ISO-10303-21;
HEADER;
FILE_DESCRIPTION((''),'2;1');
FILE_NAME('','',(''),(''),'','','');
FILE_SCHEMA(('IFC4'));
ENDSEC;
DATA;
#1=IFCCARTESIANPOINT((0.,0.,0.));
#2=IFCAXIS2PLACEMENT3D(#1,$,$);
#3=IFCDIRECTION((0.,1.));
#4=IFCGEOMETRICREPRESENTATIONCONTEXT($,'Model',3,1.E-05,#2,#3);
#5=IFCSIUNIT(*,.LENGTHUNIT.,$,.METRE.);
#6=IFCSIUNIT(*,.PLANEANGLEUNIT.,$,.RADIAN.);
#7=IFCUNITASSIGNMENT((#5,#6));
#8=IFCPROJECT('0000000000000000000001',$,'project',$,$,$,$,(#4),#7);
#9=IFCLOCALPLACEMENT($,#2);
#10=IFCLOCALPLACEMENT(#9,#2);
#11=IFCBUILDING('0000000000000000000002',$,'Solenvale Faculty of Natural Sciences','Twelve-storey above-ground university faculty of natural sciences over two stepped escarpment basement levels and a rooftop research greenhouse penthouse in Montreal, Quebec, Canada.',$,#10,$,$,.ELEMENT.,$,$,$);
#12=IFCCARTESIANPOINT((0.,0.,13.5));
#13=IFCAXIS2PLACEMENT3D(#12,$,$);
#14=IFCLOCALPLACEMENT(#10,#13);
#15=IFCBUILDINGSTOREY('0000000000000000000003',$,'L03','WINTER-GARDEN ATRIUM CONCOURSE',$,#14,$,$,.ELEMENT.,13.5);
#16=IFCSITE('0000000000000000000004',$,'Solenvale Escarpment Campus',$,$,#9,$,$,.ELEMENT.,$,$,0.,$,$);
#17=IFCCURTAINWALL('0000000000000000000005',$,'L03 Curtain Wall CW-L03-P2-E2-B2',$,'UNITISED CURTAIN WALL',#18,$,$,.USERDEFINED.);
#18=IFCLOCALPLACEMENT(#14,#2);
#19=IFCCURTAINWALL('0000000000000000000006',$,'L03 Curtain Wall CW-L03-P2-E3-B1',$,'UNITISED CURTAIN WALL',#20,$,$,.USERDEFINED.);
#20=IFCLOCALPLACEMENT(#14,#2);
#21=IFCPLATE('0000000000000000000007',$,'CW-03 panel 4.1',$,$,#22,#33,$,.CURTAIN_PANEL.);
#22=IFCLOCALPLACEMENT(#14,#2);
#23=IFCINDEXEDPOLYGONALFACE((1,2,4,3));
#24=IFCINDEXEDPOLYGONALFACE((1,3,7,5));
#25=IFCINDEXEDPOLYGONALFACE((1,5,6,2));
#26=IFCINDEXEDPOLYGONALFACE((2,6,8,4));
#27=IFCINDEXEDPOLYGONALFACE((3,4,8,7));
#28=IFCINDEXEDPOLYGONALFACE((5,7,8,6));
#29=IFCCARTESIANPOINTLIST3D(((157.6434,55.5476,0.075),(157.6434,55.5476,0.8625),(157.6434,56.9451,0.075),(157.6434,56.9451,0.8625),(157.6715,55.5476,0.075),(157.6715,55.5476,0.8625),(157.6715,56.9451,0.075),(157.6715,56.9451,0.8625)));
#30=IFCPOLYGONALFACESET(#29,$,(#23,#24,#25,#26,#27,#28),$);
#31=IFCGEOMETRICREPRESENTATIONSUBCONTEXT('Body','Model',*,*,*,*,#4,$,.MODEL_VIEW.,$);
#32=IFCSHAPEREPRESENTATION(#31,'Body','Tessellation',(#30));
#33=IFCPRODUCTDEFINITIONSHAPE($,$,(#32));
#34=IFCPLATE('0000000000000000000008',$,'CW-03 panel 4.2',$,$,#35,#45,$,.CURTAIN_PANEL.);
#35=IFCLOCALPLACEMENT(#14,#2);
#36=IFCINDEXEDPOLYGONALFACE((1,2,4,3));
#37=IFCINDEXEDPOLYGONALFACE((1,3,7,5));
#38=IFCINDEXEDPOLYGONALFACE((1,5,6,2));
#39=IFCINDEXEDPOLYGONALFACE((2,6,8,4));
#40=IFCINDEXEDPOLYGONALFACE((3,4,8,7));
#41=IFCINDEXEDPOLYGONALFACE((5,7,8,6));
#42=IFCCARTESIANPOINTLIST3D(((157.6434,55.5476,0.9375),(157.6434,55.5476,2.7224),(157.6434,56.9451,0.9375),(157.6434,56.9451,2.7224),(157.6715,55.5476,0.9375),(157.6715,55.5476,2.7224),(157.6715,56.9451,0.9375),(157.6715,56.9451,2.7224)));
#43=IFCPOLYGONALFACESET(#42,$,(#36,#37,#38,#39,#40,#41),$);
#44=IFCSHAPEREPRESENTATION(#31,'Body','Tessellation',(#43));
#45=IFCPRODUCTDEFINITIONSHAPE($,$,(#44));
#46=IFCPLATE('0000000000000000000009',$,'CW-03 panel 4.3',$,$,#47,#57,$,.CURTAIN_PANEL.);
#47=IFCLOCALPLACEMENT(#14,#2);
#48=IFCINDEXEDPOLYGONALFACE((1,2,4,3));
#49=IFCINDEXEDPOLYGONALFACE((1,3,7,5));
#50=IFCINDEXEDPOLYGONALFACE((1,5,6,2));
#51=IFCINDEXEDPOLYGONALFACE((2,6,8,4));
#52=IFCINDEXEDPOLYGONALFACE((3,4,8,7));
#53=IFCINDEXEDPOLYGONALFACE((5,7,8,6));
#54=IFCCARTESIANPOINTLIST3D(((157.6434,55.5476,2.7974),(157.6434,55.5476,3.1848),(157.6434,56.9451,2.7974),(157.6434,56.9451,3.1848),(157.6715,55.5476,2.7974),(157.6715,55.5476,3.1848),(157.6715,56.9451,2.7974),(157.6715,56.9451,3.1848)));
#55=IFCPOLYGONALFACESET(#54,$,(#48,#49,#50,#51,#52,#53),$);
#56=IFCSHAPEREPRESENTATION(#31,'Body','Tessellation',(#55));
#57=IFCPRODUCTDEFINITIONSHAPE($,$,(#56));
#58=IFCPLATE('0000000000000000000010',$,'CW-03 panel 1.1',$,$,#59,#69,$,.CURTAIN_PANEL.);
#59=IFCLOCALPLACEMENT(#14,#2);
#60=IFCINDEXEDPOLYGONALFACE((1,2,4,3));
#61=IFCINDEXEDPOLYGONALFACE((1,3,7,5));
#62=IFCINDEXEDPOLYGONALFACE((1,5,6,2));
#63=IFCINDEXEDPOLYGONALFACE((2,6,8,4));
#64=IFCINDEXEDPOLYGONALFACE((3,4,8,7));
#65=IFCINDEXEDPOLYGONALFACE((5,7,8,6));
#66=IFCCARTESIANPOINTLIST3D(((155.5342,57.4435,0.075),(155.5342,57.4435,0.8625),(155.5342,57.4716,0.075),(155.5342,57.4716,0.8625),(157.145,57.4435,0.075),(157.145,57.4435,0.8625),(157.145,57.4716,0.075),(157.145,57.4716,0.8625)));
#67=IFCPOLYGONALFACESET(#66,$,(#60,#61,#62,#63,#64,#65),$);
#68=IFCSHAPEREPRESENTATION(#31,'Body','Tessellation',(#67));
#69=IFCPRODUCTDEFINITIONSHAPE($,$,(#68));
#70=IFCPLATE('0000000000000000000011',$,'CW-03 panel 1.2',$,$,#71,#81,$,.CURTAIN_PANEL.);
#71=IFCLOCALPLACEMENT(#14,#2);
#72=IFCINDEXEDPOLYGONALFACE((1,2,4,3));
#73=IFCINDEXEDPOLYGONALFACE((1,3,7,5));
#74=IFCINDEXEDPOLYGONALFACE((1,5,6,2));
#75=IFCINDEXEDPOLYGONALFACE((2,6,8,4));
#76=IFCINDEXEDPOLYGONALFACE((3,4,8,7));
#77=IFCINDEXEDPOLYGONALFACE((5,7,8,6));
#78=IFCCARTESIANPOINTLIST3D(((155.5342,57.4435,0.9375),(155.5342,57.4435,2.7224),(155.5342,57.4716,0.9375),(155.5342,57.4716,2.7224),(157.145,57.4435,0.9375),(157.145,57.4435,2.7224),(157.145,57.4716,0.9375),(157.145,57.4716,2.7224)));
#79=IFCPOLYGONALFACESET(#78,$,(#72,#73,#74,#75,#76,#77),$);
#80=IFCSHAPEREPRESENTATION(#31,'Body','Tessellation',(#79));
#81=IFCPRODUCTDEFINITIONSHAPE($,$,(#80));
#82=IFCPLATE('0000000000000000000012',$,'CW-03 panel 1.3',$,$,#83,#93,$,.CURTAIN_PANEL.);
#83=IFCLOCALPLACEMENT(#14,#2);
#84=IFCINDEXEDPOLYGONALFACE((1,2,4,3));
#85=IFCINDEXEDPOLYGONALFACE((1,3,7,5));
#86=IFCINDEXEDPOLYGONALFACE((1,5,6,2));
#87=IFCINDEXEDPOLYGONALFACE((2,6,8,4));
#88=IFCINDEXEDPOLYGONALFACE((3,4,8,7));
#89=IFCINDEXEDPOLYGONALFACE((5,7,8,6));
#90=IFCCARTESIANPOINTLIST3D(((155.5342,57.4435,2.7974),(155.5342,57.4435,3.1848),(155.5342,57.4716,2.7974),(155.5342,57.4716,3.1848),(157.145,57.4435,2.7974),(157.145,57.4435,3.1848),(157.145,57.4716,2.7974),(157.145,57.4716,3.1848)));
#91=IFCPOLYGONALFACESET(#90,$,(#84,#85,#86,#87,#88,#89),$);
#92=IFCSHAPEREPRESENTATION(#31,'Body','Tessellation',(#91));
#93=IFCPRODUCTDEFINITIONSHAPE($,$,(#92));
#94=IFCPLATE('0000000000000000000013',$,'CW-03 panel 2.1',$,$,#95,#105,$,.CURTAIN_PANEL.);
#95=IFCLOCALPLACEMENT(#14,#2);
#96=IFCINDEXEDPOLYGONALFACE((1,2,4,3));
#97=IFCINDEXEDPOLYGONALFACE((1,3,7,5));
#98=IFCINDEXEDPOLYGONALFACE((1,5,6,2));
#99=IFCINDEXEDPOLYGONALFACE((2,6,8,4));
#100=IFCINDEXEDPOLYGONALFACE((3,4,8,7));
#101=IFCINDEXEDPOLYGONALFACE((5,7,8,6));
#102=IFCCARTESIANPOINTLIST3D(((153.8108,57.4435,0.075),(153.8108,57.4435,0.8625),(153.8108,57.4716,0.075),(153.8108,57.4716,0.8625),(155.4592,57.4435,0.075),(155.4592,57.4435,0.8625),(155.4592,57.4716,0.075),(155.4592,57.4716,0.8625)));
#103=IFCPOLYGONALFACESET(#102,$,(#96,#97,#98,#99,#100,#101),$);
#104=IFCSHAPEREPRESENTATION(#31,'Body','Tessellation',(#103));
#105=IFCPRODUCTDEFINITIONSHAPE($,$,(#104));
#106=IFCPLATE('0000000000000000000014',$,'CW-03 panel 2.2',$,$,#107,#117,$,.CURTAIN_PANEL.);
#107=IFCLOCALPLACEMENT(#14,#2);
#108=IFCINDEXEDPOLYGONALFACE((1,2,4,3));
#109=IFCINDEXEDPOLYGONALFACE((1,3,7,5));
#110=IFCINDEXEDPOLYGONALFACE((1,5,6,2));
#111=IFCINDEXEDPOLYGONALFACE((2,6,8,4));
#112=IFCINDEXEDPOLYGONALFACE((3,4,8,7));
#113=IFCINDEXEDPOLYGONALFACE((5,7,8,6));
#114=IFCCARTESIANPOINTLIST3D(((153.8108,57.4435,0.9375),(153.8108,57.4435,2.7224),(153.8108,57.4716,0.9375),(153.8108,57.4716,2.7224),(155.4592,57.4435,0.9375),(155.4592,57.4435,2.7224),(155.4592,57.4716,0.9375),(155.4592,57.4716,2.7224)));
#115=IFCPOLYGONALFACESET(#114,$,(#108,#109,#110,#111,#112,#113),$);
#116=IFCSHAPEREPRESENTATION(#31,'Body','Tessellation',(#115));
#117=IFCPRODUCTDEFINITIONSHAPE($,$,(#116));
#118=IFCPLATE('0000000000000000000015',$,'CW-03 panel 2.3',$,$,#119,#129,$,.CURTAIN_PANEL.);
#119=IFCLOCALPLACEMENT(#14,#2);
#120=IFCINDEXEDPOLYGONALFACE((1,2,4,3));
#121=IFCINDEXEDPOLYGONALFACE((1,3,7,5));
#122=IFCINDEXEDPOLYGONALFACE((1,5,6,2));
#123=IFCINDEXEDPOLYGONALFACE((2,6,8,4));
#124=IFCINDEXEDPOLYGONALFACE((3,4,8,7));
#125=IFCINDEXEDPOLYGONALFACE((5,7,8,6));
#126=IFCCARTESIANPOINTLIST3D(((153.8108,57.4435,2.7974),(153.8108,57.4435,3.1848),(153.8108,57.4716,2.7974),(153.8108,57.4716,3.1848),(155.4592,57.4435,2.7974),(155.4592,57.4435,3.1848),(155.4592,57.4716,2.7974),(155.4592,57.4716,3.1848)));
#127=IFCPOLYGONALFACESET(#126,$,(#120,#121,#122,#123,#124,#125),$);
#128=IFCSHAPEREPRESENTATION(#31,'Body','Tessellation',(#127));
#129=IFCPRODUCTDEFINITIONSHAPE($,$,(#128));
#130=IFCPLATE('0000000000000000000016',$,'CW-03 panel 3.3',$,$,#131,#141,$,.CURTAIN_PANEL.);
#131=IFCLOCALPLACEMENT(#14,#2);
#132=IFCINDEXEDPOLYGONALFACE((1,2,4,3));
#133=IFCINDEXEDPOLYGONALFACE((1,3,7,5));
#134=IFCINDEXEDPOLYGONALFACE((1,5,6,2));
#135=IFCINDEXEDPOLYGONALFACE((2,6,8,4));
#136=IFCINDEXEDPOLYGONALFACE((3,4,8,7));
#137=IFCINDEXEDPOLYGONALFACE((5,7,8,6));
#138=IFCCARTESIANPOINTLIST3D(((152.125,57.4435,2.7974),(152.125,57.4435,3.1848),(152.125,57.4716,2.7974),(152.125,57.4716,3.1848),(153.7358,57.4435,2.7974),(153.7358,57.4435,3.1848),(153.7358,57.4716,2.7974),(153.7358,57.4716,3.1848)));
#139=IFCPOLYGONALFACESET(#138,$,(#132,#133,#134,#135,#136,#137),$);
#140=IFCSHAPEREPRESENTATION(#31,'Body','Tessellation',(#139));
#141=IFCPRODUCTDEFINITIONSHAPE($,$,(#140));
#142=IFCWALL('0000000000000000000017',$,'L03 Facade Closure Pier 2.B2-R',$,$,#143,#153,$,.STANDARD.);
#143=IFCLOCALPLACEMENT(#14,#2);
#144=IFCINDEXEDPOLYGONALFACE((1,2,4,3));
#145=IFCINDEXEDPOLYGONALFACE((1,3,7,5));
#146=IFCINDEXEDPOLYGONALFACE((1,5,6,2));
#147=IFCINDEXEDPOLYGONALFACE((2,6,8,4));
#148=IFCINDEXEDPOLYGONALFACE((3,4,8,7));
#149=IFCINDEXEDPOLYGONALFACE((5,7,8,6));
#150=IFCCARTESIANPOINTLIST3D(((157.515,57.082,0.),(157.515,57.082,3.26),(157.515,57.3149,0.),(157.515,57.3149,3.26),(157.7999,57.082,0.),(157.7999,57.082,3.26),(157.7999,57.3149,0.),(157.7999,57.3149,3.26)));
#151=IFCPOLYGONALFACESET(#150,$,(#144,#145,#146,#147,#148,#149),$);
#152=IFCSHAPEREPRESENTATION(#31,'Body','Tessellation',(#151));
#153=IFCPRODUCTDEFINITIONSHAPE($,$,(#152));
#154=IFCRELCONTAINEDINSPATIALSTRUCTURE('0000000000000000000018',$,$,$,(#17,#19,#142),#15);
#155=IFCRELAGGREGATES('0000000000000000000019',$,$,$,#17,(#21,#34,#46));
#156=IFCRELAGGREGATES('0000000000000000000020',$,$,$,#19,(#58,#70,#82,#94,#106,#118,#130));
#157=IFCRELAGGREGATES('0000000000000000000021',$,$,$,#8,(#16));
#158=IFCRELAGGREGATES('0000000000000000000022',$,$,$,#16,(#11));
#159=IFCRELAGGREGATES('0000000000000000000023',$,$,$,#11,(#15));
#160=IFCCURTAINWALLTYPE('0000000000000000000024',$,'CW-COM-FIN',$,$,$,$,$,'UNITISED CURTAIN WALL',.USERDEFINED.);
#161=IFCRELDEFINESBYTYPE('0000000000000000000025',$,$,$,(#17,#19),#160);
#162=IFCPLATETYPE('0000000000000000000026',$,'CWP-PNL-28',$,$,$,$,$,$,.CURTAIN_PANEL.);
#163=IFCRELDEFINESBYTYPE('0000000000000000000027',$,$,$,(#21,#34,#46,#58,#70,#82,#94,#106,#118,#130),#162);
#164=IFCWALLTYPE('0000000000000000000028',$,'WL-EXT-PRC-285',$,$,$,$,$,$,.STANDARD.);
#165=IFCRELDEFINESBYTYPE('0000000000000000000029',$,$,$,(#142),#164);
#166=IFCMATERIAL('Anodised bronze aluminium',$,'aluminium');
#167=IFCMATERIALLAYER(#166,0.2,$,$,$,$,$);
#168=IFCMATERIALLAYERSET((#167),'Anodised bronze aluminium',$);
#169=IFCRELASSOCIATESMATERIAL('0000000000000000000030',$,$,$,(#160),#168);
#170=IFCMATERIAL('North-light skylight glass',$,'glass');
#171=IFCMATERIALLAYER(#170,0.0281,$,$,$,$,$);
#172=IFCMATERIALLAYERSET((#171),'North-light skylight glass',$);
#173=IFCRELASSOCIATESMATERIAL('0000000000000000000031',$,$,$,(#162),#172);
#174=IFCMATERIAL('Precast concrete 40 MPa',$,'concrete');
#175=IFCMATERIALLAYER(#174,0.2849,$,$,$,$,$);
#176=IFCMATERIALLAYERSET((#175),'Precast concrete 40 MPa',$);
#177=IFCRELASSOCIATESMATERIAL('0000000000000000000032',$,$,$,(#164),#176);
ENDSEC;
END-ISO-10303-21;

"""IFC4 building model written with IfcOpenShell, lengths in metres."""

from ifc_helpers import new_model, si_unit, direction, frame, frame_2d, origin, origin_2d, place, context, subcontext, project, spatial, rectangle, extrude, material, layer, layer_set, type_object, element, aggregate, save


model = new_model("IFC4")

# Units and contexts
model_context = context("Model", 3, precision=1e-05, world=origin(), true_north=direction((0.0, 1.0)))
body_context = subcontext(model_context, "Body", "Model", "MODEL_VIEW")
ifc_project = project(units=[si_unit("LENGTHUNIT", "METRE"), si_unit("PLANEANGLEUNIT", "RADIAN")], contexts=[model_context])

# Site, building, storey
site_placement = place(None, origin())
site = spatial("IfcSite", under=ifc_project, at=site_placement, Name="Solenvale Escarpment Campus", CompositionType="ELEMENT", RefElevation=0.0)
building_placement = place(site_placement, origin())
building = spatial("IfcBuilding", under=site, at=building_placement, Name="Solenvale Faculty of Natural Sciences", Description="Twelve-storey above-ground university faculty of natural sciences over two stepped escarpment basement levels and a rooftop research greenhouse penthouse in Montreal, Quebec, Canada.", CompositionType="ELEMENT")
storey_placement = place(building_placement, frame((0.0, 0.0, 13.5)))
storey = spatial("IfcBuildingStorey", under=building, at=storey_placement, Name="L03", Description="WINTER-GARDEN ATRIUM CONCOURSE", CompositionType="ELEMENT", Elevation=13.5)

# Curtain wall
ifc_material_1 = material(Name="Anodised bronze aluminium", Category="aluminium")
ifc_layer_1 = layer(ifc_material_1, 0.2)
ifc_layer_set_1 = layer_set([ifc_layer_1], Name="Anodised bronze aluminium")
curtain_wall_type = type_object("IfcCurtainWallType", Name="CW-COM-FIN", ElementType="UNITISED CURTAIN WALL", PredefinedType="USERDEFINED", material=ifc_layer_set_1)
curtain_wall_1_placement = place(storey_placement, origin())
curtain_wall_1 = element("IfcCurtainWall", 1, at=curtain_wall_1_placement, inside=storey, type_object=curtain_wall_type, Name="L03 Curtain Wall CW-L03-P2-E2-B2", ObjectType="UNITISED CURTAIN WALL", PredefinedType="USERDEFINED")

# Curtain wall
curtain_wall_2_placement = place(storey_placement, origin())
curtain_wall_2 = element("IfcCurtainWall", 2, at=curtain_wall_2_placement, inside=storey, type_object=curtain_wall_type, Name="L03 Curtain Wall CW-L03-P2-E3-B1", ObjectType="UNITISED CURTAIN WALL", PredefinedType="USERDEFINED")

# Plates
ifc_material_2 = material(Name="North-light skylight glass", Category="glass")
ifc_layer_2 = layer(ifc_material_2, 0.0281)
ifc_layer_set_2 = layer_set([ifc_layer_2], Name="North-light skylight glass")
plate_type = type_object("IfcPlateType", Name="CWP-PNL-28", PredefinedType="CURTAIN_PANEL", material=ifc_layer_set_2)
plate_1_placement = place(storey_placement, frame((157.6575, 56.2463, 0.075), z_axis=(0.0, 0.0, 1.0), x_axis=(0.0, 1.0, 0.0)))
plate_1 = element("IfcPlate", 3, at=plate_1_placement, type_object=plate_type, Name="CW-03 panel 4.1", PredefinedType="CURTAIN_PANEL", context=body_context, shape_type="SweptSolid", body=[
    extrude(rectangle(XDim=1.3975, YDim=0.0281, at=origin_2d()), origin(), (0.0, 0.0, 1.0), 0.7876),
])
plate_2_placement = place(storey_placement, frame((157.6575, 56.2463, 0.9375), z_axis=(0.0, 0.0, 1.0), x_axis=(0.0, 1.0, 0.0)))
plate_2 = element("IfcPlate", 4, at=plate_2_placement, type_object=plate_type, Name="CW-03 panel 4.2", PredefinedType="CURTAIN_PANEL", context=body_context, shape_type="SweptSolid", body=[
    extrude(rectangle(XDim=1.3975, YDim=0.0281, at=origin_2d()), origin(), (0.0, 0.0, 1.0), 1.7849),
])
plate_3_placement = place(storey_placement, frame((157.6575, 56.2463, 2.7974), z_axis=(0.0, 0.0, 1.0), x_axis=(0.0, 1.0, 0.0)))
plate_3 = element("IfcPlate", 5, at=plate_3_placement, type_object=plate_type, Name="CW-03 panel 4.3", PredefinedType="CURTAIN_PANEL", context=body_context, shape_type="SweptSolid", body=[
    extrude(rectangle(XDim=1.3975, YDim=0.0281, at=origin_2d()), origin(), (0.0, 0.0, 1.0), 0.3875),
])
aggregate(curtain_wall_1, [plate_1, plate_2, plate_3])
plate_4_placement = place(storey_placement, frame((156.3396, 57.4575, 0.075), z_axis=(0.0, 0.0, 1.0), x_axis=(-1.0, 0.0, 0.0)))
plate_4 = element("IfcPlate", 6, at=plate_4_placement, type_object=plate_type, Name="CW-03 panel 1.1", PredefinedType="CURTAIN_PANEL", context=body_context, shape_type="SweptSolid", body=[
    extrude(rectangle(XDim=1.6108, YDim=0.0281, at=origin_2d()), origin(), (0.0, 0.0, 1.0), 0.7876),
])
plate_5_placement = place(storey_placement, frame((156.3396, 57.4575, 0.9375), z_axis=(0.0, 0.0, 1.0), x_axis=(-1.0, 0.0, 0.0)))
plate_5 = element("IfcPlate", 7, at=plate_5_placement, type_object=plate_type, Name="CW-03 panel 1.2", PredefinedType="CURTAIN_PANEL", context=body_context, shape_type="SweptSolid", body=[
    extrude(rectangle(XDim=1.6108, YDim=0.0281, at=origin_2d()), origin(), (0.0, 0.0, 1.0), 1.7849),
])
plate_6_placement = place(storey_placement, frame((156.3396, 57.4575, 2.7974), z_axis=(0.0, 0.0, 1.0), x_axis=(-1.0, 0.0, 0.0)))
plate_6 = element("IfcPlate", 8, at=plate_6_placement, type_object=plate_type, Name="CW-03 panel 1.3", PredefinedType="CURTAIN_PANEL", context=body_context, shape_type="SweptSolid", body=[
    extrude(rectangle(XDim=1.6108, YDim=0.0281, at=origin_2d()), origin(), (0.0, 0.0, 1.0), 0.3875),
])
plate_7_placement = place(storey_placement, frame((154.635, 57.4575, 0.075), z_axis=(0.0, 0.0, 1.0), x_axis=(-1.0, 0.0, 0.0)))
plate_7 = element("IfcPlate", 9, at=plate_7_placement, type_object=plate_type, Name="CW-03 panel 2.1", PredefinedType="CURTAIN_PANEL", context=body_context, shape_type="SweptSolid", body=[
    extrude(rectangle(XDim=1.6484, YDim=0.0281, at=origin_2d()), origin(), (0.0, 0.0, 1.0), 0.7876),
])
plate_8_placement = place(storey_placement, frame((154.635, 57.4575, 0.9375), z_axis=(0.0, 0.0, 1.0), x_axis=(-1.0, 0.0, 0.0)))
plate_8 = element("IfcPlate", 10, at=plate_8_placement, type_object=plate_type, Name="CW-03 panel 2.2", PredefinedType="CURTAIN_PANEL", context=body_context, shape_type="SweptSolid", body=[
    extrude(rectangle(XDim=1.6484, YDim=0.0281, at=origin_2d()), origin(), (0.0, 0.0, 1.0), 1.7849),
])
plate_9_placement = place(storey_placement, frame((154.635, 57.4575, 2.7974), z_axis=(0.0, 0.0, 1.0), x_axis=(-1.0, 0.0, 0.0)))
plate_9 = element("IfcPlate", 11, at=plate_9_placement, type_object=plate_type, Name="CW-03 panel 2.3", PredefinedType="CURTAIN_PANEL", context=body_context, shape_type="SweptSolid", body=[
    extrude(rectangle(XDim=1.6484, YDim=0.0281, at=origin_2d()), origin(), (0.0, 0.0, 1.0), 0.3875),
])
plate_10_placement = place(storey_placement, frame((152.9304, 57.4575, 2.7974), z_axis=(0.0, 0.0, 1.0), x_axis=(-1.0, 0.0, 0.0)))
plate_10 = element("IfcPlate", 12, at=plate_10_placement, type_object=plate_type, Name="CW-03 panel 3.3", PredefinedType="CURTAIN_PANEL", context=body_context, shape_type="SweptSolid", body=[
    extrude(rectangle(XDim=1.6108, YDim=0.0281, at=origin_2d()), origin(), (0.0, 0.0, 1.0), 0.3875),
])
aggregate(curtain_wall_2, [plate_4, plate_5, plate_6, plate_7, plate_8, plate_9, plate_10])

# Wall
ifc_material_3 = material(Name="Precast concrete 40 MPa", Category="concrete")
ifc_layer_3 = layer(ifc_material_3, 0.2849)
ifc_layer_set_3 = layer_set([ifc_layer_3], Name="Precast concrete 40 MPa")
wall_type = type_object("IfcWallType", Name="WL-EXT-PRC-285", PredefinedType="STANDARD", material=ifc_layer_set_3)
wall_placement = place(storey_placement, frame((157.6575, 57.082, 0.0), z_axis=(0.0, 0.0, 1.0), x_axis=(0.0, 1.0, 0.0)))
element("IfcWall", 13, at=wall_placement, inside=storey, type_object=wall_type, Name="L03 Facade Closure Pier 2.B2-R", PredefinedType="STANDARD", context=body_context, shape_type="SweptSolid", body=[
    extrude(rectangle(XDim=0.2329, YDim=0.2849, at=frame_2d((0.1165, 0.0))), origin(), (0.0, 0.0, 1.0), 3.26),
])

save(model, "model.ifc")
